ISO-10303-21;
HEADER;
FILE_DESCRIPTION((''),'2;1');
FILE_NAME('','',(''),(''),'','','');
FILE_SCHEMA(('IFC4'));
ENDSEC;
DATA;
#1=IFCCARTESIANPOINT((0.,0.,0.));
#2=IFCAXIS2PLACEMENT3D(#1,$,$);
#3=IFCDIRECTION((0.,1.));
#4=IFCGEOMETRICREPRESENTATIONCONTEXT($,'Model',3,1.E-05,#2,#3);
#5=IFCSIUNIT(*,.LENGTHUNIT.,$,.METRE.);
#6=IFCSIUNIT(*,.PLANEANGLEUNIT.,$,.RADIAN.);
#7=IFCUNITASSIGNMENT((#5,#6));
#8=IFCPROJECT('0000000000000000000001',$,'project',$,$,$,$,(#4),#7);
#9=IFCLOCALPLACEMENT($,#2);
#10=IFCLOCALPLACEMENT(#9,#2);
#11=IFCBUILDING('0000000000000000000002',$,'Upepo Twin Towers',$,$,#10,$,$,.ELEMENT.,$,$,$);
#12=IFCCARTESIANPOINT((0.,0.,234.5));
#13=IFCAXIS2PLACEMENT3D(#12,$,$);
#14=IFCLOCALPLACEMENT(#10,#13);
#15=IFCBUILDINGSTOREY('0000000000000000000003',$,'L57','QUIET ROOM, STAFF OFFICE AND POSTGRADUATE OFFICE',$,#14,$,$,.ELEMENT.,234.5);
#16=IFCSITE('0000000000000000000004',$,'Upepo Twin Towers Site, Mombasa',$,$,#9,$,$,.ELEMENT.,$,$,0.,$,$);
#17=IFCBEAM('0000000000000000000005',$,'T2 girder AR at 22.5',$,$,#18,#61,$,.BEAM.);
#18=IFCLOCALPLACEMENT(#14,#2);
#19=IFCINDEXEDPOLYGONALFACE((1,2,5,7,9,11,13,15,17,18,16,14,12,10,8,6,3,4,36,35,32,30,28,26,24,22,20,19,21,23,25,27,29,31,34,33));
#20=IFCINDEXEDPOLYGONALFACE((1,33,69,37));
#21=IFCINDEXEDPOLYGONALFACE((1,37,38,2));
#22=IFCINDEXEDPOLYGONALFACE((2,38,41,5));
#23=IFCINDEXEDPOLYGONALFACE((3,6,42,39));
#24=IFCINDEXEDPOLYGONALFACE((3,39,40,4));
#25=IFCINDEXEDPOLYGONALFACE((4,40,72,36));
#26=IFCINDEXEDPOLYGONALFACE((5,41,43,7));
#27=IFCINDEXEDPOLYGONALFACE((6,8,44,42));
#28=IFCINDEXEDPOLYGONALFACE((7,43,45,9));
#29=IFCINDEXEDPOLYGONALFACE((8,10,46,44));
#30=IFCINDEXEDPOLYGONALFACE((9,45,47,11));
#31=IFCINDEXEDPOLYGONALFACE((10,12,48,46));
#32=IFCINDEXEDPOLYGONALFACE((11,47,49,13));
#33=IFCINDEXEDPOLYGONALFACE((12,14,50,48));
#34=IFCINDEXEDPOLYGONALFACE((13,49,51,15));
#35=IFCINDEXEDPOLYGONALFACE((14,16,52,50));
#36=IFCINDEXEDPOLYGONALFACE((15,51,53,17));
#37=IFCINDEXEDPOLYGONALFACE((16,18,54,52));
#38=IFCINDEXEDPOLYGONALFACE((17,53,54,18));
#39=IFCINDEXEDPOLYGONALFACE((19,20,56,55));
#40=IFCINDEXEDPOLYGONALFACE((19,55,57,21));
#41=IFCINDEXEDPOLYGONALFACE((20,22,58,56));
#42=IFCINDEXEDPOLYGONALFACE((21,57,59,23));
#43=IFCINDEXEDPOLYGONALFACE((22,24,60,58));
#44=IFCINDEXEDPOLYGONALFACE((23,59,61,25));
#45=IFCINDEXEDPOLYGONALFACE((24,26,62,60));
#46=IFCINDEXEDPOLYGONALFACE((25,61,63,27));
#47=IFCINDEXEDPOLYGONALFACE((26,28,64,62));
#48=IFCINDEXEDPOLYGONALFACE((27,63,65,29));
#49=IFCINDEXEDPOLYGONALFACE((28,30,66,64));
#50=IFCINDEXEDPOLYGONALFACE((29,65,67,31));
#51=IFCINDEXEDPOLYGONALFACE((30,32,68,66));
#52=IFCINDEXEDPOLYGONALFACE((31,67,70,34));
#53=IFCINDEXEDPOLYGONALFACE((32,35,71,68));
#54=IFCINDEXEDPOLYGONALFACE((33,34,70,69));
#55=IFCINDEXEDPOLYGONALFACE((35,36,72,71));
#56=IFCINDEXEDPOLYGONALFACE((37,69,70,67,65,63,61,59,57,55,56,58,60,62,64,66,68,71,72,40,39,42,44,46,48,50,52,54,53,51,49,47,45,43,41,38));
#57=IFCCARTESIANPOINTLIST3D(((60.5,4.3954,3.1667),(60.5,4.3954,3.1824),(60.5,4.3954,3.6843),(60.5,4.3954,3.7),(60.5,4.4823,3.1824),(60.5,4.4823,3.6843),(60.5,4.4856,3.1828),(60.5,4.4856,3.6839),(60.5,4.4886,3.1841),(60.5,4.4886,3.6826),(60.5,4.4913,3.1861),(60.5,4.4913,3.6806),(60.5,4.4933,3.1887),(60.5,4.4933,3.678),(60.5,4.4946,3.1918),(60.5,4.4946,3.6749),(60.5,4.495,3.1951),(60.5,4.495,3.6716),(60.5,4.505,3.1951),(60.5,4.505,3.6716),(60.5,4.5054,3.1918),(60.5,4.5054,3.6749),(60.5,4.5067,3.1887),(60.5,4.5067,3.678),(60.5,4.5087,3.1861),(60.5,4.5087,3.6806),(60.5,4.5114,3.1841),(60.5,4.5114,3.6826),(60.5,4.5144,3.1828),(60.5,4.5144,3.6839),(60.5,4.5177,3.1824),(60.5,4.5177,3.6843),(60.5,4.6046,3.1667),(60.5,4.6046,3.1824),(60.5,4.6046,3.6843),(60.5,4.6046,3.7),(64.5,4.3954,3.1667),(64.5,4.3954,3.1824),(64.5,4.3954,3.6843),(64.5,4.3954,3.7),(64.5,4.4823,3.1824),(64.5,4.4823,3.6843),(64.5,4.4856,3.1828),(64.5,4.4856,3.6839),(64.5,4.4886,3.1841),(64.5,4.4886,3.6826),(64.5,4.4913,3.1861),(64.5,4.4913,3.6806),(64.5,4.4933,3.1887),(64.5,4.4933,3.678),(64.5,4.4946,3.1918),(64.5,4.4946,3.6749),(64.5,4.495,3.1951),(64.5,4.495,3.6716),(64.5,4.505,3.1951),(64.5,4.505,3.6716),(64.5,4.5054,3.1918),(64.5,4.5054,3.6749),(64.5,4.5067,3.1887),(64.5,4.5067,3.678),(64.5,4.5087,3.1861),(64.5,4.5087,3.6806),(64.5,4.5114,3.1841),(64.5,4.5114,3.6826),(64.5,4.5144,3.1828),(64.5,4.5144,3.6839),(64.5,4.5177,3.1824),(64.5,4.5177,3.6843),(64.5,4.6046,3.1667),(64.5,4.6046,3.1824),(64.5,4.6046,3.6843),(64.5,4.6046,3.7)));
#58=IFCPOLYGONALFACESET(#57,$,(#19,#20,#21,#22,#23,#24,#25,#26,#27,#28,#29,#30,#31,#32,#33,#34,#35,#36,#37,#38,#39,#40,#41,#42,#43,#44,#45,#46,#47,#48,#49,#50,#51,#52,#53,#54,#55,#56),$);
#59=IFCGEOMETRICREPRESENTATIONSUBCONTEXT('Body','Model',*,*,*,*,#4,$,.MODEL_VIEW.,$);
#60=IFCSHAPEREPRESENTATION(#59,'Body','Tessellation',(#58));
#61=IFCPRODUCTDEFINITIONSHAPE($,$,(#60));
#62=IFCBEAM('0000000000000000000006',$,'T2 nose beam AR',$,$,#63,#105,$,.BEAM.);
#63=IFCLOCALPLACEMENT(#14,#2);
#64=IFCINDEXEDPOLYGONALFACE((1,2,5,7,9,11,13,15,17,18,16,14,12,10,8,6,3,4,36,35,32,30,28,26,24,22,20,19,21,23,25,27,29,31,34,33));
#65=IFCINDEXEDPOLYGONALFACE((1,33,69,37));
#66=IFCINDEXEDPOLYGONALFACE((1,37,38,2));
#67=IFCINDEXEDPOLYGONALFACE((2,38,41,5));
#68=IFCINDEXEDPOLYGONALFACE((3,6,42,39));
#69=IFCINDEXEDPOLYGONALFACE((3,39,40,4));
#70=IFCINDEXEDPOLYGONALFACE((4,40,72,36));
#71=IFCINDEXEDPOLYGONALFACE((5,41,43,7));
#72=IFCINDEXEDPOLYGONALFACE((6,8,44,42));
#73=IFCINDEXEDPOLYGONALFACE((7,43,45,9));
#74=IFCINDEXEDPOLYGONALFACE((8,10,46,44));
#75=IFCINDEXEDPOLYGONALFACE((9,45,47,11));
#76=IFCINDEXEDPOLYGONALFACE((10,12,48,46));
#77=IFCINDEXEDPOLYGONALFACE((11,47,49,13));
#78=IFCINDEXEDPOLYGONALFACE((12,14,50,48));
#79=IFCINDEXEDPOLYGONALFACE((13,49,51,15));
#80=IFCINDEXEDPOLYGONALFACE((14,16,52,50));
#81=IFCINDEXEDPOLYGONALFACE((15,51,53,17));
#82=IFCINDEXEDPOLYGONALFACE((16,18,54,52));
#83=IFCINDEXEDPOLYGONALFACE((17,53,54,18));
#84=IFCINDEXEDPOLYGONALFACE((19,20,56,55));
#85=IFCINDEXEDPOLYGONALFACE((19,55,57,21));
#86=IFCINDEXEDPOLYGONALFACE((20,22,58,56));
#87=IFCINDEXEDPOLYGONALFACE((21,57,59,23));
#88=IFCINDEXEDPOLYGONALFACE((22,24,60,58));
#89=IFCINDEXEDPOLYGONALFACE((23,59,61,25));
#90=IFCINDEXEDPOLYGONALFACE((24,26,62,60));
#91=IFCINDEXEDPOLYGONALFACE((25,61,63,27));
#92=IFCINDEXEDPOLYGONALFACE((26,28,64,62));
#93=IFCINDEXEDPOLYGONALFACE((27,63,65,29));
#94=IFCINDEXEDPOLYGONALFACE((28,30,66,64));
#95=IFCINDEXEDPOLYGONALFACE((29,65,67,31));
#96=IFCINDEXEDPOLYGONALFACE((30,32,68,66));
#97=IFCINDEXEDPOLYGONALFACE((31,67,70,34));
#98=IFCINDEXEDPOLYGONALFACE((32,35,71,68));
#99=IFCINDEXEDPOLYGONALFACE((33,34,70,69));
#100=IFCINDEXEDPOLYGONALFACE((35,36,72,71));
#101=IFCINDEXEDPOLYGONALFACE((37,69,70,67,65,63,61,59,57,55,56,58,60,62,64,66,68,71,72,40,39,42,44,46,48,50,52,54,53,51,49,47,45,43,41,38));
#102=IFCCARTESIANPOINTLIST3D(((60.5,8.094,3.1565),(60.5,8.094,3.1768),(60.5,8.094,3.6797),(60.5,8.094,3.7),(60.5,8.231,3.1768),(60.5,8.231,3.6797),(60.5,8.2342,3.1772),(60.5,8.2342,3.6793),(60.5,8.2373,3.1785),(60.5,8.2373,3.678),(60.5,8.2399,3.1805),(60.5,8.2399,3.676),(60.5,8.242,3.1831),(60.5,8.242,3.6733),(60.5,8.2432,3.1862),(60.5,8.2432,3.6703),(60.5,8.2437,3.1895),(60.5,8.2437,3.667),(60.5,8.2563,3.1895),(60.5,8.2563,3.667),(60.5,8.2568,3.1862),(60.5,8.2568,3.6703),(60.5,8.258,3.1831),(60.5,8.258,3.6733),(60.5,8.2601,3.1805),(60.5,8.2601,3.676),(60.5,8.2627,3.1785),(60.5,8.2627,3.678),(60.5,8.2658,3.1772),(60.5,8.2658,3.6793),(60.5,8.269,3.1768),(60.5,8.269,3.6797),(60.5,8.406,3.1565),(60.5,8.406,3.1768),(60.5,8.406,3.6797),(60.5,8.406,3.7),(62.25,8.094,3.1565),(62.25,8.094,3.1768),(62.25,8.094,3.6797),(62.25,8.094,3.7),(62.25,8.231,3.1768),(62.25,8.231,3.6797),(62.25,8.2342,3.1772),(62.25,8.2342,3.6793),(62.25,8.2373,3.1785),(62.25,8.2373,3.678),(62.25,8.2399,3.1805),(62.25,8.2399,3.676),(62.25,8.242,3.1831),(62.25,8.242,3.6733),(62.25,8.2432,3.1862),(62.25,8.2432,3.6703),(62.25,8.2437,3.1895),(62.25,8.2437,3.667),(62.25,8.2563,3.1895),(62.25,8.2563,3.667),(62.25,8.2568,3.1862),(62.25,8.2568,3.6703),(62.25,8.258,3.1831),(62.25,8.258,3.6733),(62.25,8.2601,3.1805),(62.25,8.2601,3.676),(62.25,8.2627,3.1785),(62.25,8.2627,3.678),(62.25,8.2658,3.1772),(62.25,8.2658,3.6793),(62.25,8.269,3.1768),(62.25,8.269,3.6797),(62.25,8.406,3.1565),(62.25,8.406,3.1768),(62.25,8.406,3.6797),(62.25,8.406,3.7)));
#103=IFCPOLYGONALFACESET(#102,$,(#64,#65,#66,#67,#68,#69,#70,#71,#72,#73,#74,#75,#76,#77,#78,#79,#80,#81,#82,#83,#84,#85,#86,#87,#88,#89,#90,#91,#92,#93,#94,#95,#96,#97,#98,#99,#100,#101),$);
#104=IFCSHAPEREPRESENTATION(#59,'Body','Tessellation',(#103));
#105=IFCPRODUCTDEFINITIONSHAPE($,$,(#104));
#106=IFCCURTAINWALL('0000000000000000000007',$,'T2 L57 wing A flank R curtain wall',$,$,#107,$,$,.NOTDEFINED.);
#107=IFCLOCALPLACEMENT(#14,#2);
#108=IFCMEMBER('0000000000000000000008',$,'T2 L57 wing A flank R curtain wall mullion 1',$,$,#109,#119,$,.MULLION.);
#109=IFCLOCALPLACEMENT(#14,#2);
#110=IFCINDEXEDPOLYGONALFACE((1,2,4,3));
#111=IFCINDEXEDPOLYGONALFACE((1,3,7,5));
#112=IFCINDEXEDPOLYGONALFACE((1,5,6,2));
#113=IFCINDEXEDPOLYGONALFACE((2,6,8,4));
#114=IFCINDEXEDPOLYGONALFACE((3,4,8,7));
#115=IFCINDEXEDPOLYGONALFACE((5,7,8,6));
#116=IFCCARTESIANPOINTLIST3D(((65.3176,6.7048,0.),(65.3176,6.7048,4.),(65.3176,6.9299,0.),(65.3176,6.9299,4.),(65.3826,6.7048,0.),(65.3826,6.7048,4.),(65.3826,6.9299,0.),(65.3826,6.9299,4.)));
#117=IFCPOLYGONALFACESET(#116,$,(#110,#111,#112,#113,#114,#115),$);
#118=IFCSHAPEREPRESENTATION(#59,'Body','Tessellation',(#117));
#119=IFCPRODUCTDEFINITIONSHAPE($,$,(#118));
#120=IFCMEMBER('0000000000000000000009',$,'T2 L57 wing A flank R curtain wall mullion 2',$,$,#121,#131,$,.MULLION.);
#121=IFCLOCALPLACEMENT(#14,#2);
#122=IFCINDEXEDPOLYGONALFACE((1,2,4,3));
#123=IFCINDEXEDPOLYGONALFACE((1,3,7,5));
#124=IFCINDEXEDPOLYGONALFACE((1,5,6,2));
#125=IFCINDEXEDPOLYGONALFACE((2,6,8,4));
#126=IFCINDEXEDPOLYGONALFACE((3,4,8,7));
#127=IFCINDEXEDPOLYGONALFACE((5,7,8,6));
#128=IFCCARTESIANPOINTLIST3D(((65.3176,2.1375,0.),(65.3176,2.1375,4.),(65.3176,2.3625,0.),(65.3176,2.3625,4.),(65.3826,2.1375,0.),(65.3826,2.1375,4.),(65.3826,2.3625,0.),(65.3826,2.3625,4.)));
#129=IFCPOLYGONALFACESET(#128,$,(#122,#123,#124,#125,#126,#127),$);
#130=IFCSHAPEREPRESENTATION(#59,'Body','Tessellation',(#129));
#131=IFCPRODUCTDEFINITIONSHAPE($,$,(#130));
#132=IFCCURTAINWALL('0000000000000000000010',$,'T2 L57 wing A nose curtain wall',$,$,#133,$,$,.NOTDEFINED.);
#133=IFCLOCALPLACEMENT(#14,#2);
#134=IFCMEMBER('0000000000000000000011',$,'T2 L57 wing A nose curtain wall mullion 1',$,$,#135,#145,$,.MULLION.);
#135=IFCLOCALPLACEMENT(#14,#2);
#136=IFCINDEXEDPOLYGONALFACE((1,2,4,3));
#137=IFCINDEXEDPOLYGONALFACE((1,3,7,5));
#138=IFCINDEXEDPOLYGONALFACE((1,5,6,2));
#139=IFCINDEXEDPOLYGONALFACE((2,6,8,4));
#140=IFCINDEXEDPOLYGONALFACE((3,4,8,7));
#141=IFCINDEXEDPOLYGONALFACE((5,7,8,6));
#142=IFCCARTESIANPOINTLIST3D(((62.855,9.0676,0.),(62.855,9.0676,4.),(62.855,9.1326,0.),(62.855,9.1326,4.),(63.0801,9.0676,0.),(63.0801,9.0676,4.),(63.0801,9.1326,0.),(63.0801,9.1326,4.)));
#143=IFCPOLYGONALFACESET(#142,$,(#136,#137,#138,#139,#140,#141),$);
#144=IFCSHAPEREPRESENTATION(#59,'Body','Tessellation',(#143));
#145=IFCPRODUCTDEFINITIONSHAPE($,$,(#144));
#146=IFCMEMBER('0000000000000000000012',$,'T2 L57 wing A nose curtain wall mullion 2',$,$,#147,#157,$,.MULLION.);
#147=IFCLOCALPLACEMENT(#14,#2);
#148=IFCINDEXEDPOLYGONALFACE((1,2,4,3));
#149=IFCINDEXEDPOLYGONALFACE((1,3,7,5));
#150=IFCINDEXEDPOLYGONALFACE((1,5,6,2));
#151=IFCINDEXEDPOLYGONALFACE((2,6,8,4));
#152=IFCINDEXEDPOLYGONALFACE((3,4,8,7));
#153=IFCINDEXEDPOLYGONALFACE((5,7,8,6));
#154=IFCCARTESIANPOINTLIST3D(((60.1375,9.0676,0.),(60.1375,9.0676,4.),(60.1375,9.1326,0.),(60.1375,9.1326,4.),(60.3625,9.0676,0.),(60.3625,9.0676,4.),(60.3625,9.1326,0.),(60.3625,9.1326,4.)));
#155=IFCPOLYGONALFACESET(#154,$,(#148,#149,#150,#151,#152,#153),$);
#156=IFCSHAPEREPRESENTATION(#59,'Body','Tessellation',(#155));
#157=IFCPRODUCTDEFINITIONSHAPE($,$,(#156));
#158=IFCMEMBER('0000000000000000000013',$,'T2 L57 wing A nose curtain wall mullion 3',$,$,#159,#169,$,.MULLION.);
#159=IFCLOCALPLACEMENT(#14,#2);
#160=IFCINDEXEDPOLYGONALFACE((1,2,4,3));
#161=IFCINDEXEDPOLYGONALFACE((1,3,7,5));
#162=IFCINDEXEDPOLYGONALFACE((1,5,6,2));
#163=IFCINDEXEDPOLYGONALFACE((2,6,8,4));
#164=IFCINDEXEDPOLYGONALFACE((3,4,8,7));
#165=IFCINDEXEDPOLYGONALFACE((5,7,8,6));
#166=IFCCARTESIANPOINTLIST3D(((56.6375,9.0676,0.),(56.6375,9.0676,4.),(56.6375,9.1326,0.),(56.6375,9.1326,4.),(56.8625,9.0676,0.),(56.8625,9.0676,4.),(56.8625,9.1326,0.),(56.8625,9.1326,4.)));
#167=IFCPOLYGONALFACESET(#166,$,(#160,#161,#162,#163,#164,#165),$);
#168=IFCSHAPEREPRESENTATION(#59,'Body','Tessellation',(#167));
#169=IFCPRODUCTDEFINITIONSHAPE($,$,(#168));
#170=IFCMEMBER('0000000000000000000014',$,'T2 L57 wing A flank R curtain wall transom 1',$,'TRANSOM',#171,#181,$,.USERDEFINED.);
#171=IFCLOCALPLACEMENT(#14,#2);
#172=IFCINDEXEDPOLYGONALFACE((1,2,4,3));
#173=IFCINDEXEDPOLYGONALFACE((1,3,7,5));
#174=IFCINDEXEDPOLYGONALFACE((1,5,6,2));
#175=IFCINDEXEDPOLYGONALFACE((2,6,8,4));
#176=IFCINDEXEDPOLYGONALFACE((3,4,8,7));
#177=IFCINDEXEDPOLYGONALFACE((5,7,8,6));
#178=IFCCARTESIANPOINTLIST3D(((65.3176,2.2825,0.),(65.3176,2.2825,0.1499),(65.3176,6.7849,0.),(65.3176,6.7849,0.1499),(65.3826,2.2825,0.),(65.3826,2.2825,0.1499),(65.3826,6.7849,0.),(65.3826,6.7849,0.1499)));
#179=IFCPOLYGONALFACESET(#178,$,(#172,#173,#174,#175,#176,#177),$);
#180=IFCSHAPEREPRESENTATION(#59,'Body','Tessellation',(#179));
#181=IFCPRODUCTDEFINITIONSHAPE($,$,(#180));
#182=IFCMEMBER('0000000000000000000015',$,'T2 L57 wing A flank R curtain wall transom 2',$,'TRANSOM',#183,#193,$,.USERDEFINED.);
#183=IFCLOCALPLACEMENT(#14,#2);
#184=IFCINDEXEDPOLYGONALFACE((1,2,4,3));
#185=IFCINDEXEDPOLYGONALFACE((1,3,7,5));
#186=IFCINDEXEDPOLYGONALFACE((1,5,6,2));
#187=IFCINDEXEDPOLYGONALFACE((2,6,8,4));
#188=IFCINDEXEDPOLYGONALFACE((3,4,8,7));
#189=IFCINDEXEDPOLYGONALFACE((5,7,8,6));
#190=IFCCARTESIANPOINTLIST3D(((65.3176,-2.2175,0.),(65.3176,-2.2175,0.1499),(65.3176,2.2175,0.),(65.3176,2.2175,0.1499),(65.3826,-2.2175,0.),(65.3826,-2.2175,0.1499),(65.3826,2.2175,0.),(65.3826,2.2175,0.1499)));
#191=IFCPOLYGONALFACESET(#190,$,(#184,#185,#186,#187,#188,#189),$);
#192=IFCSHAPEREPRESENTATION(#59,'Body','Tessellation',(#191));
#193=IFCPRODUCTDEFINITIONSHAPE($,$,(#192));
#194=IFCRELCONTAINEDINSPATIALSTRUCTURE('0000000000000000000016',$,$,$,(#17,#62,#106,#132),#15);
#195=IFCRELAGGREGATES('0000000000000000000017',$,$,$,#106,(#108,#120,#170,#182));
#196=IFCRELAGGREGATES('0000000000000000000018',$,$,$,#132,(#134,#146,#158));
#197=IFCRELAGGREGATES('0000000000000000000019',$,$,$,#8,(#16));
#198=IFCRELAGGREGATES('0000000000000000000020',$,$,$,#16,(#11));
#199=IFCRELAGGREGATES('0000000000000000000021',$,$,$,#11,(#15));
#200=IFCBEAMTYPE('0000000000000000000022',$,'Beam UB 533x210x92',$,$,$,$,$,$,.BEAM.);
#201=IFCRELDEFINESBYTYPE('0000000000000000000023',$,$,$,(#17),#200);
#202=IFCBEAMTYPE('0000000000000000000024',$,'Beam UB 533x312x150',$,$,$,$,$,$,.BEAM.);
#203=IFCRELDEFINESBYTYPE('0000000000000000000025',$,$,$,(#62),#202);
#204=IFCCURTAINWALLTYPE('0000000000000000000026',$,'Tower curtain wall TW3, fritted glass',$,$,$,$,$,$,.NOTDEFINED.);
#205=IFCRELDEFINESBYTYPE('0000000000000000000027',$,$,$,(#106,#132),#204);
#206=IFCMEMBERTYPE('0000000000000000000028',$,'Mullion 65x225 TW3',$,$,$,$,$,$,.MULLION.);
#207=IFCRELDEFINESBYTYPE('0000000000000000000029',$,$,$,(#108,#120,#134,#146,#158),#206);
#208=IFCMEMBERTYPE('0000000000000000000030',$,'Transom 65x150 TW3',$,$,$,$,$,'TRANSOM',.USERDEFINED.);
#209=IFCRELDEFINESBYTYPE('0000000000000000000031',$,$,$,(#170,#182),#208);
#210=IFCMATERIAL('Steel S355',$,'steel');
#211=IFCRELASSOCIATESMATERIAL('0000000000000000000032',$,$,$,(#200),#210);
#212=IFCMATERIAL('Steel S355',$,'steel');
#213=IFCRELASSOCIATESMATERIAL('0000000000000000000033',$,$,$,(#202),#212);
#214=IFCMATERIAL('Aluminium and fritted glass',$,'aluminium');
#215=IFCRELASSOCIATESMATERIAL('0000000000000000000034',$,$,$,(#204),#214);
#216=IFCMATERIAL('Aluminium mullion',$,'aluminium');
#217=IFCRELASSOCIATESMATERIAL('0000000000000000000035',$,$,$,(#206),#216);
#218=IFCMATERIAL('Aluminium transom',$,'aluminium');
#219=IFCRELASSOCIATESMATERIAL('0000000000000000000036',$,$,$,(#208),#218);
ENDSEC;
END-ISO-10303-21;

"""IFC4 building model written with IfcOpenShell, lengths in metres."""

from ifc_helpers import new_model, si_unit, direction, frame, origin, origin_2d, place, context, subcontext, project, spatial, rectangle, i_section, extrude, material, material_profile, profile_set, type_object, element, aggregate, save


model = new_model("IFC4")

# Units and contexts
model_context = context("Model", 3, precision=1e-05, world=origin(), true_north=direction((0.0, 1.0)))
body_context = subcontext(model_context, "Body", "Model", "MODEL_VIEW")
ifc_project = project(units=[si_unit("LENGTHUNIT", "METRE"), si_unit("PLANEANGLEUNIT", "RADIAN")], contexts=[model_context])

# Site, building, storey
site_placement = place(None, origin())
site = spatial("IfcSite", under=ifc_project, at=site_placement, Name="Upepo Twin Towers Site, Mombasa", CompositionType="ELEMENT", RefElevation=0.0)
building_placement = place(site_placement, origin())
building = spatial("IfcBuilding", under=site, at=building_placement, Name="Upepo Twin Towers", CompositionType="ELEMENT")
storey_placement = place(building_placement, frame((0.0, 0.0, 234.5)))
storey = spatial("IfcBuildingStorey", under=building, at=storey_placement, Name="L57", Description="QUIET ROOM, STAFF OFFICE AND POSTGRADUATE OFFICE", CompositionType="ELEMENT", Elevation=234.5)

# Beams
ifc_material_1 = material(Name="Steel S355", Category="steel")
ifc_material_profile_1 = material_profile(ifc_material_1, i_section(OverallWidth=0.2092, OverallDepth=0.5332, WebThickness=0.01, FlangeThickness=0.0156, FilletRadius=0.0127, at=origin_2d()), Name="UB 533x210x92")
ifc_profile_set_1 = profile_set([ifc_material_profile_1], Name="Steel S355")
beam_type_1 = type_object("IfcBeamType", Name="Beam UB 533x210x92", PredefinedType="BEAM", material=ifc_profile_set_1)
for number, where, z_axis, x_axis, name in (
    (1, (64.5, 4.5, 3.4333), (-1.0, 0.0, 0.0), (0.0, -1.0, 0.0), "T2 girder AR at 22.5"),
):
    element("IfcBeam", number, at=place(storey_placement, frame(where, z_axis=z_axis, x_axis=x_axis)), inside=storey, type_object=beam_type_1, Name=name, PredefinedType="BEAM", context=body_context, shape_type="SweptSolid", body=[
        extrude(i_section(OverallWidth=0.2092, OverallDepth=0.5332, WebThickness=0.01, FlangeThickness=0.0156, FilletRadius=0.0127, at=origin_2d()), origin(), (0.0, 0.0, 1.0), 4.0),
    ])
ifc_material_2 = material(Name="Steel S355", Category="steel")
ifc_material_profile_2 = material_profile(ifc_material_2, i_section(OverallWidth=0.312, OverallDepth=0.5435, WebThickness=0.0127, FlangeThickness=0.0203, FilletRadius=0.0127, at=origin_2d()), Name="UB 533x312x150")
ifc_profile_set_2 = profile_set([ifc_material_profile_2], Name="Steel S355")
beam_type_2 = type_object("IfcBeamType", Name="Beam UB 533x312x150", PredefinedType="BEAM", material=ifc_profile_set_2)
beam_1_placement = place(storey_placement, frame((62.25, 8.25, 3.4282), z_axis=(-1.0, 0.0, 0.0), x_axis=(0.0, -1.0, 0.0)))
element("IfcBeam", 2, at=beam_1_placement, inside=storey, type_object=beam_type_2, Name="T2 nose beam AR", PredefinedType="BEAM", context=body_context, shape_type="SweptSolid", body=[
    extrude(i_section(OverallWidth=0.312, OverallDepth=0.5435, WebThickness=0.0127, FlangeThickness=0.0203, FilletRadius=0.0127, at=origin_2d()), origin(), (0.0, 0.0, 1.0), 1.75),
])

# Curtain walls, members
ifc_material_3 = material(Name="Aluminium and fritted glass", Category="aluminium")
curtain_wall_type = type_object("IfcCurtainWallType", Name="Tower curtain wall TW3, fritted glass", PredefinedType="NOTDEFINED", material=ifc_material_3)
curtain_wall_1_placement = place(storey_placement, origin())
curtain_wall_1 = element("IfcCurtainWall", 3, at=curtain_wall_1_placement, inside=storey, type_object=curtain_wall_type, Name="T2 L57 wing A flank R curtain wall", PredefinedType="NOTDEFINED")
ifc_material_4 = material(Name="Aluminium mullion", Category="aluminium")
ifc_material_profile_3 = material_profile(ifc_material_4, rectangle(XDim=0.0649, YDim=0.2251, at=origin_2d()), Name="MULLION 65x225")
ifc_profile_set_3 = profile_set([ifc_material_profile_3], Name="Aluminium mullion")
member_type_1 = type_object("IfcMemberType", Name="Mullion 65x225 TW3", PredefinedType="MULLION", material=ifc_profile_set_3)
member_1_placement = place(storey_placement, frame((65.3501, 6.8174, 0.0), z_axis=(0.0, 0.0, 1.0), x_axis=(1.0, 0.0, 0.0)))
member_1 = element("IfcMember", 4, at=member_1_placement, type_object=member_type_1, Name="T2 L57 wing A flank R curtain wall mullion 1", PredefinedType="MULLION", context=body_context, shape_type="SweptSolid", body=[
    extrude(rectangle(XDim=0.0649, YDim=0.2251, at=origin_2d()), origin(), (0.0, 0.0, 1.0), 4.0),
])
member_2_placement = place(storey_placement, frame((65.3501, 2.25, 0.0), z_axis=(0.0, 0.0, 1.0), x_axis=(1.0, 0.0, 0.0)))
member_2 = element("IfcMember", 5, at=member_2_placement, type_object=member_type_1, Name="T2 L57 wing A flank R curtain wall mullion 2", PredefinedType="MULLION", context=body_context, shape_type="SweptSolid", body=[
    extrude(rectangle(XDim=0.0649, YDim=0.2251, at=origin_2d()), origin(), (0.0, 0.0, 1.0), 4.0),
])
curtain_wall_2_placement = place(storey_placement, origin())
curtain_wall_2 = element("IfcCurtainWall", 6, at=curtain_wall_2_placement, inside=storey, type_object=curtain_wall_type, Name="T2 L57 wing A nose curtain wall", PredefinedType="NOTDEFINED")
member_3_placement = place(storey_placement, frame((62.9675, 9.1001, 0.0), z_axis=(0.0, 0.0, 1.0), x_axis=(0.0, -1.0, 0.0)))
member_3 = element("IfcMember", 7, at=member_3_placement, type_object=member_type_1, Name="T2 L57 wing A nose curtain wall mullion 1", PredefinedType="MULLION", context=body_context, shape_type="SweptSolid", body=[
    extrude(rectangle(XDim=0.0649, YDim=0.2251, at=origin_2d()), origin(), (0.0, 0.0, 1.0), 4.0),
])
member_4_placement = place(storey_placement, frame((60.25, 9.1001, 0.0), z_axis=(0.0, 0.0, 1.0), x_axis=(0.0, -1.0, 0.0)))
member_4 = element("IfcMember", 8, at=member_4_placement, type_object=member_type_1, Name="T2 L57 wing A nose curtain wall mullion 2", PredefinedType="MULLION", context=body_context, shape_type="SweptSolid", body=[
    extrude(rectangle(XDim=0.0649, YDim=0.2251, at=origin_2d()), origin(), (0.0, 0.0, 1.0), 4.0),
])
member_5_placement = place(storey_placement, frame((56.75, 9.1001, 0.0), z_axis=(0.0, 0.0, 1.0), x_axis=(0.0, -1.0, 0.0)))
member_5 = element("IfcMember", 9, at=member_5_placement, type_object=member_type_1, Name="T2 L57 wing A nose curtain wall mullion 3", PredefinedType="MULLION", context=body_context, shape_type="SweptSolid", body=[
    extrude(rectangle(XDim=0.0649, YDim=0.2251, at=origin_2d()), origin(), (0.0, 0.0, 1.0), 4.0),
])

# Members
ifc_material_5 = material(Name="Aluminium transom", Category="aluminium")
ifc_material_profile_4 = material_profile(ifc_material_5, rectangle(XDim=0.0649, YDim=0.1499, at=origin_2d()), Name="TRANSOM 65x150")
ifc_profile_set_4 = profile_set([ifc_material_profile_4], Name="Aluminium transom")
member_type_2 = type_object("IfcMemberType", Name="Transom 65x150 TW3", ElementType="TRANSOM", PredefinedType="USERDEFINED", material=ifc_profile_set_4)
member_6_placement = place(storey_placement, frame((65.3501, 6.7849, 0.075), z_axis=(0.0, -1.0, 0.0), x_axis=(1.0, 0.0, 0.0)))
member_6 = element("IfcMember", 10, at=member_6_placement, type_object=member_type_2, Name="T2 L57 wing A flank R curtain wall transom 1", ObjectType="TRANSOM", PredefinedType="USERDEFINED", context=body_context, shape_type="SweptSolid", body=[
    extrude(rectangle(XDim=0.0649, YDim=0.1499, at=origin_2d()), origin(), (0.0, 0.0, 1.0), 4.5024),
])
member_7_placement = place(storey_placement, frame((65.3501, 2.2175, 0.075), z_axis=(0.0, -1.0, 0.0), x_axis=(1.0, 0.0, 0.0)))
member_7 = element("IfcMember", 11, at=member_7_placement, type_object=member_type_2, Name="T2 L57 wing A flank R curtain wall transom 2", ObjectType="TRANSOM", PredefinedType="USERDEFINED", context=body_context, shape_type="SweptSolid", body=[
    extrude(rectangle(XDim=0.0649, YDim=0.1499, at=origin_2d()), origin(), (0.0, 0.0, 1.0), 4.4351),
])

aggregate(curtain_wall_1, [member_1, member_2, member_6, member_7])
aggregate(curtain_wall_2, [member_3, member_4, member_5])

save(model, "model.ifc")
